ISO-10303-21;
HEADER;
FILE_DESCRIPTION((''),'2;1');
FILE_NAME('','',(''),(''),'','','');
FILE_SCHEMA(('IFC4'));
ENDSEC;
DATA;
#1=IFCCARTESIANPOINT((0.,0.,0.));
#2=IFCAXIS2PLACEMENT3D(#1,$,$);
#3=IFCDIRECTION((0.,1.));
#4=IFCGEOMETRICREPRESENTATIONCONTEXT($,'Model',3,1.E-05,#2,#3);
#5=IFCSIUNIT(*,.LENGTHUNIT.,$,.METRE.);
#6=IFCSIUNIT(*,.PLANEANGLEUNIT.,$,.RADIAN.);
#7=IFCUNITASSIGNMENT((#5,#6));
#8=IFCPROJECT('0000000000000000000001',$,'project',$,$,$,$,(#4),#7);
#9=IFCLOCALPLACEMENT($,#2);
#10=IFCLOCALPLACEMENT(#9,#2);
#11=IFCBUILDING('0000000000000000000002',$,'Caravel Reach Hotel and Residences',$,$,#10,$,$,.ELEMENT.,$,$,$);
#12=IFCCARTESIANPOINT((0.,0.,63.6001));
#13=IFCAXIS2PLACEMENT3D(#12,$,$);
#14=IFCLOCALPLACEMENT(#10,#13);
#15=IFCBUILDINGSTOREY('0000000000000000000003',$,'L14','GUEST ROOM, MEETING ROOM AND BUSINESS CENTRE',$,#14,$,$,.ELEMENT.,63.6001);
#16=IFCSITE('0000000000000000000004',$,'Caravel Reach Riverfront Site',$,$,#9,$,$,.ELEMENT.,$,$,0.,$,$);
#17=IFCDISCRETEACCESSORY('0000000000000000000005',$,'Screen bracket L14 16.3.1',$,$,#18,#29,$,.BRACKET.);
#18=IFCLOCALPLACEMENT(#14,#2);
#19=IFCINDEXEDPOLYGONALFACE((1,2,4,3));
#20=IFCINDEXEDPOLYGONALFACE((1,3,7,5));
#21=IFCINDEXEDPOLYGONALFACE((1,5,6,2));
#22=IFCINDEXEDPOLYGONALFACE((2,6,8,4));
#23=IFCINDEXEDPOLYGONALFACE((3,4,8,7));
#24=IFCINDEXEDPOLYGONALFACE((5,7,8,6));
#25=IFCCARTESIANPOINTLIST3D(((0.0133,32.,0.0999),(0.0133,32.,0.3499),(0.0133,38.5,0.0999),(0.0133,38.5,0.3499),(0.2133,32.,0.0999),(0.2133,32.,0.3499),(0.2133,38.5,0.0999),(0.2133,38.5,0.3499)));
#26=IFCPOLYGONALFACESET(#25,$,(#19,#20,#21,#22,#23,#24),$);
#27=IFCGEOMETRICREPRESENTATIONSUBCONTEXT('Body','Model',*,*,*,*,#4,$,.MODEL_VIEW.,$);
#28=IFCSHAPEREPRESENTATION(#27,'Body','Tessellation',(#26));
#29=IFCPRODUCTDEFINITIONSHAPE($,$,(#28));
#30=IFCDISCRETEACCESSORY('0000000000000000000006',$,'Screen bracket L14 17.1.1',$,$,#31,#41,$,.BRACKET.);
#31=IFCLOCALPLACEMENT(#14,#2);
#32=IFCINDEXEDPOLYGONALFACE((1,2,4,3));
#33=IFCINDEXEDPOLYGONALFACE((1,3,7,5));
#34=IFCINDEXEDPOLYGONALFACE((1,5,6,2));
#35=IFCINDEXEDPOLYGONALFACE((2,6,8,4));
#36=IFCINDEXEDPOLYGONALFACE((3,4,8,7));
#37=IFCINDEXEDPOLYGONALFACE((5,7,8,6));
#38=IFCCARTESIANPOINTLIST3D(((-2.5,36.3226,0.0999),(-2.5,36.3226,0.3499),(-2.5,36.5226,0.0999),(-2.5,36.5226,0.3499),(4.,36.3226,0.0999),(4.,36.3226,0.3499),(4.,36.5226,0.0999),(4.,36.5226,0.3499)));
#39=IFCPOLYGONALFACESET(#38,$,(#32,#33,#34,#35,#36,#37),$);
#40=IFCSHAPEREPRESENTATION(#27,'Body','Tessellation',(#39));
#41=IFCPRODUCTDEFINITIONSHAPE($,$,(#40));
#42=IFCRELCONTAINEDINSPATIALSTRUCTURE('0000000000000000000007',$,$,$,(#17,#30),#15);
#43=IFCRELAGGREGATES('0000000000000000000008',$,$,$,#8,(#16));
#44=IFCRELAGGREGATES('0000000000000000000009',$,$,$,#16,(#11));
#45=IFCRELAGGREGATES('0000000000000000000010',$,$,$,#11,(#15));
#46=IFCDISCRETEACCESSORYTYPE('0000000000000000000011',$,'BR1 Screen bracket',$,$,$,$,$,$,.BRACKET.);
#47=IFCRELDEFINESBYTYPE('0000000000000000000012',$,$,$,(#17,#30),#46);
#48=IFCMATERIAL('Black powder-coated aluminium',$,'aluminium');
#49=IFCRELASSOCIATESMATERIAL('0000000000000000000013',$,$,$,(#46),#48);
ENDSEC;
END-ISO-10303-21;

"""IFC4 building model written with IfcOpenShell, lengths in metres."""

from ifc_helpers import new_model, si_unit, direction, frame, origin, origin_2d, place, context, subcontext, project, spatial, rectangle, extrude, material, type_object, element, save


model = new_model("IFC4")

# Units and contexts
model_context = context("Model", 3, precision=1e-05, world=origin(), true_north=direction((0.0, 1.0)))
body_context = subcontext(model_context, "Body", "Model", "MODEL_VIEW")
ifc_project = project(units=[si_unit("LENGTHUNIT", "METRE"), si_unit("PLANEANGLEUNIT", "RADIAN")], contexts=[model_context])

# Site, building, storey
site_placement = place(None, origin())
site = spatial("IfcSite", under=ifc_project, at=site_placement, Name="Caravel Reach Riverfront Site", CompositionType="ELEMENT", RefElevation=0.0)
building_placement = place(site_placement, origin())
building = spatial("IfcBuilding", under=site, at=building_placement, Name="Caravel Reach Hotel and Residences", CompositionType="ELEMENT")
storey_placement = place(building_placement, frame((0.0, 0.0, 63.6001)))
storey = spatial("IfcBuildingStorey", under=building, at=storey_placement, Name="L14", Description="GUEST ROOM, MEETING ROOM AND BUSINESS CENTRE", CompositionType="ELEMENT", Elevation=63.6001)

# Discrete accessories
ifc_material_1 = material(Name="Black powder-coated aluminium", Category="aluminium")
discrete_accessory_type = type_object("IfcDiscreteAccessoryType", Name="BR1 Screen bracket", PredefinedType="BRACKET", material=ifc_material_1)
for number, where, z_axis, x_axis, name in (
    (1, (0.1133, 35.25, 0.0999), (0.0, 0.0, 1.0), (0.0, 1.0, 0.0), "Screen bracket L14 16.3.1"),
    (2, (0.75, 36.4226, 0.0999), (0.0, 0.0, 1.0), (-1.0, 0.0, 0.0), "Screen bracket L14 17.1.1"),
):
    element("IfcDiscreteAccessory", number, at=place(storey_placement, frame(where, z_axis=z_axis, x_axis=x_axis)), inside=storey, type_object=discrete_accessory_type, Name=name, PredefinedType="BRACKET", context=body_context, shape_type="SweptSolid", body=[
        extrude(rectangle(XDim=6.5, YDim=0.2, at=origin_2d()), origin(), (0.0, 0.0, 1.0), 0.25),
    ])

save(model, "model.ifc")
